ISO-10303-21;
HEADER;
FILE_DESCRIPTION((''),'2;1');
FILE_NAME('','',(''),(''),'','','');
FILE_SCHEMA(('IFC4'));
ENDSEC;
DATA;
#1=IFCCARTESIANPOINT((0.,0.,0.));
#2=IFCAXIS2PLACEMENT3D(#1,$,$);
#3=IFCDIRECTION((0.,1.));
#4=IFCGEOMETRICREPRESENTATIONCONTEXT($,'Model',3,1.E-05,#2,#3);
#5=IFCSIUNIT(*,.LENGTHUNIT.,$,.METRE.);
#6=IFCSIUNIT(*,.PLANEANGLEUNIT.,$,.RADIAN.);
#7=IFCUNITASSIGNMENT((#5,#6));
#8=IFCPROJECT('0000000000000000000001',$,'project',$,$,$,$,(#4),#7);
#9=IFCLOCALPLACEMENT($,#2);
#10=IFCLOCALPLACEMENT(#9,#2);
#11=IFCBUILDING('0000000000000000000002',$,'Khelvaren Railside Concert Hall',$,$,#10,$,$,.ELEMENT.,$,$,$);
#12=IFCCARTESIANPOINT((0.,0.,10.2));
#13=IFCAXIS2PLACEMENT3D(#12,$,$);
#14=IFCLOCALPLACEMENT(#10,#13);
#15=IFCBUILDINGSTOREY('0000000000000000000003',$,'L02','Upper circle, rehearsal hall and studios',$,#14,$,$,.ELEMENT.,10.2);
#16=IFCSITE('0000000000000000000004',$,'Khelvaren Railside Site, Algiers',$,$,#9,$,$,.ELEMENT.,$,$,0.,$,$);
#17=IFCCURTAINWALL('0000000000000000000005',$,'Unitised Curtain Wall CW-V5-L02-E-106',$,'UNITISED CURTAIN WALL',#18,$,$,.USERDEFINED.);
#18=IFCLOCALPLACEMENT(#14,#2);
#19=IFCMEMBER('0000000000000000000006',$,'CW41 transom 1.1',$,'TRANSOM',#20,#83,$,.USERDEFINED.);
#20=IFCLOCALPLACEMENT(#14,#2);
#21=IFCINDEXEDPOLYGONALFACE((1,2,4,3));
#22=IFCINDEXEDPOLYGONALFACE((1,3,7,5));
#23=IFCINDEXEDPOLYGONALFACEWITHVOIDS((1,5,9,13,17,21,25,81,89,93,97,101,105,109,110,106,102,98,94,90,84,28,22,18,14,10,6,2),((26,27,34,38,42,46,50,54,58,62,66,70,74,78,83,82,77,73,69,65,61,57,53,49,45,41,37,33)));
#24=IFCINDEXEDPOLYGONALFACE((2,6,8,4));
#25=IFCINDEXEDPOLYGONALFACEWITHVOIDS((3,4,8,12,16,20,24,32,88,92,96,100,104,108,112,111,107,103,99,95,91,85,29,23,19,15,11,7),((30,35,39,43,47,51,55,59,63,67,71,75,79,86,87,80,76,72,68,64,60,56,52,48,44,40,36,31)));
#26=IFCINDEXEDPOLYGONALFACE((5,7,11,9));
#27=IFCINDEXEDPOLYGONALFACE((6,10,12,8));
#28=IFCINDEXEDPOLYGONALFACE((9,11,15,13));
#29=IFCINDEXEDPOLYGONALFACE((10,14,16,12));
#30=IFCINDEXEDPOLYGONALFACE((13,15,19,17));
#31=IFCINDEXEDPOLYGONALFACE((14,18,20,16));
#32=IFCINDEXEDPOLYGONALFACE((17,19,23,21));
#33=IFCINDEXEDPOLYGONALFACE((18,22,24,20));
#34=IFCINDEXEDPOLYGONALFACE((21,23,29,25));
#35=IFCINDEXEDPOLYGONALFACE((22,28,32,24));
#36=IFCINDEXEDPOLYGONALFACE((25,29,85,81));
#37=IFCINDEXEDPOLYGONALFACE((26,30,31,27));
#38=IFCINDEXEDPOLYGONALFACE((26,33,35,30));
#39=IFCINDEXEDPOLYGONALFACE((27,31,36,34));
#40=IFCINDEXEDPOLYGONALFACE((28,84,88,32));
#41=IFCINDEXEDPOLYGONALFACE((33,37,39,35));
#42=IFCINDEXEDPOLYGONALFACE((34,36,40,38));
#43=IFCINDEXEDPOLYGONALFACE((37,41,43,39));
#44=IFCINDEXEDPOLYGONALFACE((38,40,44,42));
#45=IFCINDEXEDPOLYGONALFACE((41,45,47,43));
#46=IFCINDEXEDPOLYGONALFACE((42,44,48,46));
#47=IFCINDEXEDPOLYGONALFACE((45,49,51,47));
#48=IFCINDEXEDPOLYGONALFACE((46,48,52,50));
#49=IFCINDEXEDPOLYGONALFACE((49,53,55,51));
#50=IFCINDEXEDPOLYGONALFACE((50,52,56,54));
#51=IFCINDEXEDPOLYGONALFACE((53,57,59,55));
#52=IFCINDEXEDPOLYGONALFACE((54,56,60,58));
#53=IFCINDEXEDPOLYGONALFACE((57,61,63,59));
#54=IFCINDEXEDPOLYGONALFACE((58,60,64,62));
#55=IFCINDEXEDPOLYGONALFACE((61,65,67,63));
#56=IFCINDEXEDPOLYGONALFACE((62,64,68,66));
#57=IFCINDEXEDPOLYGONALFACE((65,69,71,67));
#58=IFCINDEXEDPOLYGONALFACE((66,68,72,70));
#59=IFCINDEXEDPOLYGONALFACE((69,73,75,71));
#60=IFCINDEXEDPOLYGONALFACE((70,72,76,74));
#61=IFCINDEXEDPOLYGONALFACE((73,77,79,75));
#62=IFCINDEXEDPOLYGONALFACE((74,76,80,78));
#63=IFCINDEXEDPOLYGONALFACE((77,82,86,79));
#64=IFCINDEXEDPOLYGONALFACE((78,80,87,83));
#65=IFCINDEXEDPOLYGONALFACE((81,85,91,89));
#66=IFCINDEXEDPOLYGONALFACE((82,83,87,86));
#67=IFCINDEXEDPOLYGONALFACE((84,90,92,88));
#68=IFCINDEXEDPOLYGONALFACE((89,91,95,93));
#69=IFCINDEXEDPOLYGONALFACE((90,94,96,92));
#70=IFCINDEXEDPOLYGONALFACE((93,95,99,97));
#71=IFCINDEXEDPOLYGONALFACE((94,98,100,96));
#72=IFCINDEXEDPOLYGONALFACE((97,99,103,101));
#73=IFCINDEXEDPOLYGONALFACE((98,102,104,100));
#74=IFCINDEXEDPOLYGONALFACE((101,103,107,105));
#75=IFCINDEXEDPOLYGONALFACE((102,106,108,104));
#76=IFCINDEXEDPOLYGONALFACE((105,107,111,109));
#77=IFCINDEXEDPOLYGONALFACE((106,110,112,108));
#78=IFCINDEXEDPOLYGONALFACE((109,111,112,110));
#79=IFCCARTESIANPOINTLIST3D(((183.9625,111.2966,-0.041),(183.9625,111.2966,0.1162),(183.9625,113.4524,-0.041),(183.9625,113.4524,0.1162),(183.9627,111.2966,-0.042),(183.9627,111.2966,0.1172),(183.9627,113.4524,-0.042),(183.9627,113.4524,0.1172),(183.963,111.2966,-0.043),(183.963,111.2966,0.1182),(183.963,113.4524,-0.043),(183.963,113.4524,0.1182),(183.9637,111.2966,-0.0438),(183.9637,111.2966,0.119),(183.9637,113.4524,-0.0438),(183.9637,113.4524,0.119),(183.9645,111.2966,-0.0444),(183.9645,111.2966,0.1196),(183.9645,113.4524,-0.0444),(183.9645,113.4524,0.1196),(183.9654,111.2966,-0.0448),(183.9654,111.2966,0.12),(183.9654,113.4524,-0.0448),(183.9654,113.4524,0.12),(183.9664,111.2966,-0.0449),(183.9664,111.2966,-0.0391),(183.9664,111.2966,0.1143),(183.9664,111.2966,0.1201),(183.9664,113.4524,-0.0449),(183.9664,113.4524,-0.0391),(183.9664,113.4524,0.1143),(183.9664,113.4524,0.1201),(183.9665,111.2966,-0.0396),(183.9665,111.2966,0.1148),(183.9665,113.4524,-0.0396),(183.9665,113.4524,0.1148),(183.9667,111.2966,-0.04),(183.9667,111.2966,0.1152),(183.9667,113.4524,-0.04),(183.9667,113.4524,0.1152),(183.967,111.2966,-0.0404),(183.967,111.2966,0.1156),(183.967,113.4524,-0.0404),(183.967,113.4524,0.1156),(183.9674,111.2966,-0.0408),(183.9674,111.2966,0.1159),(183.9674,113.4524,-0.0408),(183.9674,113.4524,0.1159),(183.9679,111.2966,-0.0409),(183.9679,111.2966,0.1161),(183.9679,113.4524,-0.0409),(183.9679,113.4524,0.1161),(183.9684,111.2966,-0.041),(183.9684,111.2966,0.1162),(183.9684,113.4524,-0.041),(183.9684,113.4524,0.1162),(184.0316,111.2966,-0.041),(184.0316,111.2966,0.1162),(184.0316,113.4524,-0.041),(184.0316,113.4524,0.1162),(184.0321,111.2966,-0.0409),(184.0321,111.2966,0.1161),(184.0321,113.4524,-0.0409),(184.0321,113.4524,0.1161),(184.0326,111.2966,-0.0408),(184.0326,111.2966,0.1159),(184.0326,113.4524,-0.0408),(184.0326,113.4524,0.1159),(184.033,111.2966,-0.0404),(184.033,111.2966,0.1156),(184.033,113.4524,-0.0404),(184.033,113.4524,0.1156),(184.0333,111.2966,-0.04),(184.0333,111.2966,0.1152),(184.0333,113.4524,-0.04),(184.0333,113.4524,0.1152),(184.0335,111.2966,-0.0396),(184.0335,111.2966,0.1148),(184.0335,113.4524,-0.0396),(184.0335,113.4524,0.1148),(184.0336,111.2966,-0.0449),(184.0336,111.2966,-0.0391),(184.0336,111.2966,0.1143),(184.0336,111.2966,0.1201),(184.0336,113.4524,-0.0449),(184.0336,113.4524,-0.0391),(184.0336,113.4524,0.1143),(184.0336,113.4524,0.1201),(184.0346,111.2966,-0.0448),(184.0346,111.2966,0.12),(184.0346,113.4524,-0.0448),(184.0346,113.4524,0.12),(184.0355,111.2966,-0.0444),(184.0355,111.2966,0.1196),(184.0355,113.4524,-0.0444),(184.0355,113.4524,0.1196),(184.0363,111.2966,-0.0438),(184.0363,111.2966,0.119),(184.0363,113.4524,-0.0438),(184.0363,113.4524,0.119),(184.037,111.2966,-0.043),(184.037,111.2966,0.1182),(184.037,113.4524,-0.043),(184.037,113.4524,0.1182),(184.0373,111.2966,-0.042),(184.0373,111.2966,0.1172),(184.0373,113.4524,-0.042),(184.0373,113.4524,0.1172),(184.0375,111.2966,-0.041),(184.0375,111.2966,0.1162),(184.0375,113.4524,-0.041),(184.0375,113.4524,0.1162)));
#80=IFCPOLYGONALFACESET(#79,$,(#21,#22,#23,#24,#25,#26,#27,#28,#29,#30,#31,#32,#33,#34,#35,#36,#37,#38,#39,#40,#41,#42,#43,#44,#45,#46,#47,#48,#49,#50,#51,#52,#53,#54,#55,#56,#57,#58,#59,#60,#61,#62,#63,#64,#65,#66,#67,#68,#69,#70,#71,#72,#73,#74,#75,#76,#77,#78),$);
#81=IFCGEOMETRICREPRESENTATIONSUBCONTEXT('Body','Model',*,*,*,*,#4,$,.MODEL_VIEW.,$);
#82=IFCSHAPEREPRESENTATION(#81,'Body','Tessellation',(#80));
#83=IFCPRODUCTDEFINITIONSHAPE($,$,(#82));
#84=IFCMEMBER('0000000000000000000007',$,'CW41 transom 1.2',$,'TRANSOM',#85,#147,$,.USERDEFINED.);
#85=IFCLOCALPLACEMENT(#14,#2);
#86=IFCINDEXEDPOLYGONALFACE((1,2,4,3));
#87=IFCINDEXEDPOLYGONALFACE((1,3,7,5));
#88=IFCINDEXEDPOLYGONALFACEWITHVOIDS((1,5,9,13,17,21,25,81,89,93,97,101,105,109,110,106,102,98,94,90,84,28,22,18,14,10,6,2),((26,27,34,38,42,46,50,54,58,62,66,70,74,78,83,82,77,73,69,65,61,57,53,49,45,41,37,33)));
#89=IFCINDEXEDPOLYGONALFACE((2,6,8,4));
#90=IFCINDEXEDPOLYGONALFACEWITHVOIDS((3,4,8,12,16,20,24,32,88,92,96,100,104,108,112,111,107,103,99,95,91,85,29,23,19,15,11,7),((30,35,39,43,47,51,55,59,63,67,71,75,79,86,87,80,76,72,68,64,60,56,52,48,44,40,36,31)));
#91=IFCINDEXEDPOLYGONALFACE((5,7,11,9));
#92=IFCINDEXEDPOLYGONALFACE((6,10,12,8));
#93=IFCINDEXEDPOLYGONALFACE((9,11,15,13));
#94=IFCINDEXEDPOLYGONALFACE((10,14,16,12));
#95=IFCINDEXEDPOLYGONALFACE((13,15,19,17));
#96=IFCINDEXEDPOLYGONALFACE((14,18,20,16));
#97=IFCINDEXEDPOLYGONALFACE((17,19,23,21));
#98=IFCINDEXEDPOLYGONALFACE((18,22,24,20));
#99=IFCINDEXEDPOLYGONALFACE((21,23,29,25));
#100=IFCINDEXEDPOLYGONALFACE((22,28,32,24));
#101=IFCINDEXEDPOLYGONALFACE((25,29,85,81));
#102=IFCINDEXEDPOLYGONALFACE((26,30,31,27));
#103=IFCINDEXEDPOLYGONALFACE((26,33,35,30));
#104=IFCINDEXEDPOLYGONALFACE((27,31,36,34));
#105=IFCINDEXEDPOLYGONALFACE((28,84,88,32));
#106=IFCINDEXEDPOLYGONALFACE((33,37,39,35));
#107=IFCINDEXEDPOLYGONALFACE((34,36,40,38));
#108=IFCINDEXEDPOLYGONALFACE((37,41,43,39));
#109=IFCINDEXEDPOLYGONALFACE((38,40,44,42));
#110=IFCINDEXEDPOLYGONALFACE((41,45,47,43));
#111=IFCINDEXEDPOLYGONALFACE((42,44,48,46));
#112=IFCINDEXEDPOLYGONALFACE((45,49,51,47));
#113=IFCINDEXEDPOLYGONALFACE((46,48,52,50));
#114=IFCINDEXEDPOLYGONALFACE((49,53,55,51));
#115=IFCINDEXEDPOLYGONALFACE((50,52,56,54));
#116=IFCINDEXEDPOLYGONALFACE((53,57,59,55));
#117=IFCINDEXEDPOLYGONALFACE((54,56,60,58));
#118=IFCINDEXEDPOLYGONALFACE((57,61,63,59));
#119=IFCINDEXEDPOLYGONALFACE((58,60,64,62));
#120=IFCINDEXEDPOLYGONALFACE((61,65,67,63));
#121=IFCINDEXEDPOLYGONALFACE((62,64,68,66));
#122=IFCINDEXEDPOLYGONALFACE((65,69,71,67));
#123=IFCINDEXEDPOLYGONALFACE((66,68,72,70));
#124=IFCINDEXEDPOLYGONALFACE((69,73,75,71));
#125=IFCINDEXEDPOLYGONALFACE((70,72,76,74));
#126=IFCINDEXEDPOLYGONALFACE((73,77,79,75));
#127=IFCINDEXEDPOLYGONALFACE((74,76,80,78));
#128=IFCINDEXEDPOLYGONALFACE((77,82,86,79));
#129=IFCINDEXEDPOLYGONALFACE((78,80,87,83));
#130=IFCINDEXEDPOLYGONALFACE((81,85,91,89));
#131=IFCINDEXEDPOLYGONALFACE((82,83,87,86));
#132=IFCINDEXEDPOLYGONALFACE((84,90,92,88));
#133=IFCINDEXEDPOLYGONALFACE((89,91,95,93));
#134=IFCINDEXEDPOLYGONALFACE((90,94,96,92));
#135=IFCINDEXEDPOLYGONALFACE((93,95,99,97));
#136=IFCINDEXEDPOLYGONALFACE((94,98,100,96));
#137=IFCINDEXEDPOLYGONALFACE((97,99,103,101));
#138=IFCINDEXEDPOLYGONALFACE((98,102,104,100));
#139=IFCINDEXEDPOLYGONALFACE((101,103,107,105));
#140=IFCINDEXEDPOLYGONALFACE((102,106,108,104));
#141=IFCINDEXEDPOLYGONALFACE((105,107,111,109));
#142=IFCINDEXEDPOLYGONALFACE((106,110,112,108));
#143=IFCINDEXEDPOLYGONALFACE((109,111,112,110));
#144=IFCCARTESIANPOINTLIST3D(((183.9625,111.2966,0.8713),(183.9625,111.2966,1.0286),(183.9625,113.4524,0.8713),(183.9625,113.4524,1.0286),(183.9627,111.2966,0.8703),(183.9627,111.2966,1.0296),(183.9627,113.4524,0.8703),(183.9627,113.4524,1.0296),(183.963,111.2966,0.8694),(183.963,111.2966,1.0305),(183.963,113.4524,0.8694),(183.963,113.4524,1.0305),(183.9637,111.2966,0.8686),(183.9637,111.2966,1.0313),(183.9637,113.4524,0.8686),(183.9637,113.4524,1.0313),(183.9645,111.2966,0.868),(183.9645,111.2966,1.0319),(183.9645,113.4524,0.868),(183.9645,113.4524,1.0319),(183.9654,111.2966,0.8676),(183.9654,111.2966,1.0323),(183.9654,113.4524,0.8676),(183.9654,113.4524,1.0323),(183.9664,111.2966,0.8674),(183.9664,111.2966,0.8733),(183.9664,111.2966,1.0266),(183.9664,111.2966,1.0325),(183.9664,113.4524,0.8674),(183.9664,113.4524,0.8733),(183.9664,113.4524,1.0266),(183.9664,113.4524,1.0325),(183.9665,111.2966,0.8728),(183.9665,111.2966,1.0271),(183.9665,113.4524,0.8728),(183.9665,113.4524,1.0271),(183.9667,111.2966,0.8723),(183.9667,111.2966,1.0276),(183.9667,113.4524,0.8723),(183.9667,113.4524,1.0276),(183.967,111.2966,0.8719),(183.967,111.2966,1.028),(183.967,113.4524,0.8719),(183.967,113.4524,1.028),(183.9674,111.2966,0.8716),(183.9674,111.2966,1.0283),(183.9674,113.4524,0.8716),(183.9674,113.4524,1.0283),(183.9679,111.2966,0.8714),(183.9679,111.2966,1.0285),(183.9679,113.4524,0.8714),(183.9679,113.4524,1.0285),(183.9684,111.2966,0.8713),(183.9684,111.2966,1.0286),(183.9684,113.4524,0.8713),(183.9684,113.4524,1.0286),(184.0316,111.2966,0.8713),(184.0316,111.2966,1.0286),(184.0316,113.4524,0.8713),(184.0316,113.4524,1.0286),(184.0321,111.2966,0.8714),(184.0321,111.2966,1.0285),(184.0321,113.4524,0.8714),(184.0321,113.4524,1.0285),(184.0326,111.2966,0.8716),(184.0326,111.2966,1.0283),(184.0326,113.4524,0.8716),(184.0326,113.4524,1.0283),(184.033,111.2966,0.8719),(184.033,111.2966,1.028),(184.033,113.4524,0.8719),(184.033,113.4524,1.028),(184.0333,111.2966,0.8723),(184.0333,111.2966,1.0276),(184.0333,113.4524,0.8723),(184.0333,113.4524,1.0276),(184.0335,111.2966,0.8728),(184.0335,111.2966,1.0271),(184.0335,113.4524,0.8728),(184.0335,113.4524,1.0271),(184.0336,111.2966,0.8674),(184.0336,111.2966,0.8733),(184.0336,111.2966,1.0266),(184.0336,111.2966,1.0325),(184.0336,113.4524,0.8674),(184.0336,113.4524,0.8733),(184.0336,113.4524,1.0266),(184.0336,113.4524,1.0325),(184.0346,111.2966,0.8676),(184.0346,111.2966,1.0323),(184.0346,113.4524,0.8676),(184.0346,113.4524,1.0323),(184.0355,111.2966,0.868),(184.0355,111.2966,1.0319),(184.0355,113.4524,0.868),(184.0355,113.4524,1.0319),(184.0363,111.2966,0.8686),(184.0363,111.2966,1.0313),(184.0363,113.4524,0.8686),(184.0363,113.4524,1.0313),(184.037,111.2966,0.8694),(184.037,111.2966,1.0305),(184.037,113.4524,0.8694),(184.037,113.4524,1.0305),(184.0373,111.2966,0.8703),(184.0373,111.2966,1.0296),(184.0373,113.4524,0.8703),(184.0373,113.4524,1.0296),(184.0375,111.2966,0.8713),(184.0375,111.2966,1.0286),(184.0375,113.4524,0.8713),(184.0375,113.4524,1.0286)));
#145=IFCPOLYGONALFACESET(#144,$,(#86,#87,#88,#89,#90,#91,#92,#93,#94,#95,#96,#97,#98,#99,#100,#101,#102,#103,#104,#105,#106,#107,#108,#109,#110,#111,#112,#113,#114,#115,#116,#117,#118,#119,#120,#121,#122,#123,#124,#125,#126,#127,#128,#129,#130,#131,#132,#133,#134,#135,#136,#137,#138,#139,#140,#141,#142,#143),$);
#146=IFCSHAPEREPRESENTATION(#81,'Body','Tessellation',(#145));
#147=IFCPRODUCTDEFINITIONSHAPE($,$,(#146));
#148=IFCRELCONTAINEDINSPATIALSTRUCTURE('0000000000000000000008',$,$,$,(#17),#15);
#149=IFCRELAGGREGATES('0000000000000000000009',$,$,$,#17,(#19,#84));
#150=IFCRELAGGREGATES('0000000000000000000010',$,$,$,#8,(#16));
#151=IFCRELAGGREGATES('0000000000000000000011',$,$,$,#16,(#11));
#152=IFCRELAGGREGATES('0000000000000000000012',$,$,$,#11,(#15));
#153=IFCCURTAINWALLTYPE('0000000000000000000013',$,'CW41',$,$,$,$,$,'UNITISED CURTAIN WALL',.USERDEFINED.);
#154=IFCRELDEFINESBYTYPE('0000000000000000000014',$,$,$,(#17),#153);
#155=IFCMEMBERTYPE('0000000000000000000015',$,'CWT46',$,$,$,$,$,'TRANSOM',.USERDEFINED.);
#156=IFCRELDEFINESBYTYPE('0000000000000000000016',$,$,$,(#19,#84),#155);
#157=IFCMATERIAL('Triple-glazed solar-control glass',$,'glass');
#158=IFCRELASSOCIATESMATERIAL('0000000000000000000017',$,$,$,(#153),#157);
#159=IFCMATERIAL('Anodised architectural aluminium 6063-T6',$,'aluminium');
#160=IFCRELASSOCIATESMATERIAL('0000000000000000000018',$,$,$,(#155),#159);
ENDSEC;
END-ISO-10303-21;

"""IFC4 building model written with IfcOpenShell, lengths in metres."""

from ifc_helpers import new_model, si_unit, direction, frame, origin, origin_2d, place, context, subcontext, project, spatial, hollow_rectangle, extrude, material, material_profile, profile_set, type_object, element, aggregate, save


model = new_model("IFC4")

# Units and contexts
model_context = context("Model", 3, precision=1e-05, world=origin(), true_north=direction((0.0, 1.0)))
body_context = subcontext(model_context, "Body", "Model", "MODEL_VIEW")
ifc_project = project(units=[si_unit("LENGTHUNIT", "METRE"), si_unit("PLANEANGLEUNIT", "RADIAN")], contexts=[model_context])

# Site, building, storey
site_placement = place(None, origin())
site = spatial("IfcSite", under=ifc_project, at=site_placement, Name="Khelvaren Railside Site, Algiers", CompositionType="ELEMENT", RefElevation=0.0)
building_placement = place(site_placement, origin())
building = spatial("IfcBuilding", under=site, at=building_placement, Name="Khelvaren Railside Concert Hall", CompositionType="ELEMENT")
storey_placement = place(building_placement, frame((0.0, 0.0, 10.2)))
storey = spatial("IfcBuildingStorey", under=building, at=storey_placement, Name="L02", Description="Upper circle, rehearsal hall and studios", CompositionType="ELEMENT", Elevation=10.2)

# Curtain wall, members
ifc_material_1 = material(Name="Triple-glazed solar-control glass", Category="glass")
curtain_wall_type = type_object("IfcCurtainWallType", Name="CW41", ElementType="UNITISED CURTAIN WALL", PredefinedType="USERDEFINED", material=ifc_material_1)
curtain_wall_placement = place(storey_placement, origin())
curtain_wall = element("IfcCurtainWall", 1, at=curtain_wall_placement, inside=storey, type_object=curtain_wall_type, Name="Unitised Curtain Wall CW-V5-L02-E-106", ObjectType="UNITISED CURTAIN WALL", PredefinedType="USERDEFINED")
ifc_material_2 = material(Name="Anodised architectural aluminium 6063-T6", Category="aluminium")
ifc_material_profile_1 = material_profile(ifc_material_2, hollow_rectangle(XDim=0.075, YDim=0.165, WallThickness=0.0039, InnerFilletRadius=0.002, OuterFilletRadius=0.0039, at=origin_2d()), Name="CWT 75x165x4")
ifc_profile_set_1 = profile_set([ifc_material_profile_1], Name="Anodised architectural aluminium 6063-T6")
member_type_1 = type_object("IfcMemberType", Name="CWT46", ElementType="TRANSOM", PredefinedType="USERDEFINED", material=ifc_profile_set_1)
member_1_placement = place(storey_placement, frame((184.0, 113.4524, 0.0376), z_axis=(0.0, -1.0, 0.0), x_axis=(1.0, 0.0, 0.0)))
member_1 = element("IfcMember", 2, at=member_1_placement, type_object=member_type_1, Name="CW41 transom 1.1", ObjectType="TRANSOM", PredefinedType="USERDEFINED", context=body_context, shape_type="SweptSolid", body=[
    extrude(hollow_rectangle(XDim=0.075, YDim=0.165, WallThickness=0.0039, InnerFilletRadius=0.002, OuterFilletRadius=0.0039, at=origin_2d()), origin(), (0.0, 0.0, 1.0), 2.1558),
])
member_2_placement = place(storey_placement, frame((184.0, 113.4524, 0.95), z_axis=(0.0, -1.0, 0.0), x_axis=(1.0, 0.0, 0.0)))
member_2 = element("IfcMember", 3, at=member_2_placement, type_object=member_type_1, Name="CW41 transom 1.2", ObjectType="TRANSOM", PredefinedType="USERDEFINED", context=body_context, shape_type="SweptSolid", body=[
    extrude(hollow_rectangle(XDim=0.075, YDim=0.165, WallThickness=0.0039, InnerFilletRadius=0.002, OuterFilletRadius=0.0039, at=origin_2d()), origin(), (0.0, 0.0, 1.0), 2.1558),
])
aggregate(curtain_wall, [member_1, member_2])

save(model, "model.ifc")
